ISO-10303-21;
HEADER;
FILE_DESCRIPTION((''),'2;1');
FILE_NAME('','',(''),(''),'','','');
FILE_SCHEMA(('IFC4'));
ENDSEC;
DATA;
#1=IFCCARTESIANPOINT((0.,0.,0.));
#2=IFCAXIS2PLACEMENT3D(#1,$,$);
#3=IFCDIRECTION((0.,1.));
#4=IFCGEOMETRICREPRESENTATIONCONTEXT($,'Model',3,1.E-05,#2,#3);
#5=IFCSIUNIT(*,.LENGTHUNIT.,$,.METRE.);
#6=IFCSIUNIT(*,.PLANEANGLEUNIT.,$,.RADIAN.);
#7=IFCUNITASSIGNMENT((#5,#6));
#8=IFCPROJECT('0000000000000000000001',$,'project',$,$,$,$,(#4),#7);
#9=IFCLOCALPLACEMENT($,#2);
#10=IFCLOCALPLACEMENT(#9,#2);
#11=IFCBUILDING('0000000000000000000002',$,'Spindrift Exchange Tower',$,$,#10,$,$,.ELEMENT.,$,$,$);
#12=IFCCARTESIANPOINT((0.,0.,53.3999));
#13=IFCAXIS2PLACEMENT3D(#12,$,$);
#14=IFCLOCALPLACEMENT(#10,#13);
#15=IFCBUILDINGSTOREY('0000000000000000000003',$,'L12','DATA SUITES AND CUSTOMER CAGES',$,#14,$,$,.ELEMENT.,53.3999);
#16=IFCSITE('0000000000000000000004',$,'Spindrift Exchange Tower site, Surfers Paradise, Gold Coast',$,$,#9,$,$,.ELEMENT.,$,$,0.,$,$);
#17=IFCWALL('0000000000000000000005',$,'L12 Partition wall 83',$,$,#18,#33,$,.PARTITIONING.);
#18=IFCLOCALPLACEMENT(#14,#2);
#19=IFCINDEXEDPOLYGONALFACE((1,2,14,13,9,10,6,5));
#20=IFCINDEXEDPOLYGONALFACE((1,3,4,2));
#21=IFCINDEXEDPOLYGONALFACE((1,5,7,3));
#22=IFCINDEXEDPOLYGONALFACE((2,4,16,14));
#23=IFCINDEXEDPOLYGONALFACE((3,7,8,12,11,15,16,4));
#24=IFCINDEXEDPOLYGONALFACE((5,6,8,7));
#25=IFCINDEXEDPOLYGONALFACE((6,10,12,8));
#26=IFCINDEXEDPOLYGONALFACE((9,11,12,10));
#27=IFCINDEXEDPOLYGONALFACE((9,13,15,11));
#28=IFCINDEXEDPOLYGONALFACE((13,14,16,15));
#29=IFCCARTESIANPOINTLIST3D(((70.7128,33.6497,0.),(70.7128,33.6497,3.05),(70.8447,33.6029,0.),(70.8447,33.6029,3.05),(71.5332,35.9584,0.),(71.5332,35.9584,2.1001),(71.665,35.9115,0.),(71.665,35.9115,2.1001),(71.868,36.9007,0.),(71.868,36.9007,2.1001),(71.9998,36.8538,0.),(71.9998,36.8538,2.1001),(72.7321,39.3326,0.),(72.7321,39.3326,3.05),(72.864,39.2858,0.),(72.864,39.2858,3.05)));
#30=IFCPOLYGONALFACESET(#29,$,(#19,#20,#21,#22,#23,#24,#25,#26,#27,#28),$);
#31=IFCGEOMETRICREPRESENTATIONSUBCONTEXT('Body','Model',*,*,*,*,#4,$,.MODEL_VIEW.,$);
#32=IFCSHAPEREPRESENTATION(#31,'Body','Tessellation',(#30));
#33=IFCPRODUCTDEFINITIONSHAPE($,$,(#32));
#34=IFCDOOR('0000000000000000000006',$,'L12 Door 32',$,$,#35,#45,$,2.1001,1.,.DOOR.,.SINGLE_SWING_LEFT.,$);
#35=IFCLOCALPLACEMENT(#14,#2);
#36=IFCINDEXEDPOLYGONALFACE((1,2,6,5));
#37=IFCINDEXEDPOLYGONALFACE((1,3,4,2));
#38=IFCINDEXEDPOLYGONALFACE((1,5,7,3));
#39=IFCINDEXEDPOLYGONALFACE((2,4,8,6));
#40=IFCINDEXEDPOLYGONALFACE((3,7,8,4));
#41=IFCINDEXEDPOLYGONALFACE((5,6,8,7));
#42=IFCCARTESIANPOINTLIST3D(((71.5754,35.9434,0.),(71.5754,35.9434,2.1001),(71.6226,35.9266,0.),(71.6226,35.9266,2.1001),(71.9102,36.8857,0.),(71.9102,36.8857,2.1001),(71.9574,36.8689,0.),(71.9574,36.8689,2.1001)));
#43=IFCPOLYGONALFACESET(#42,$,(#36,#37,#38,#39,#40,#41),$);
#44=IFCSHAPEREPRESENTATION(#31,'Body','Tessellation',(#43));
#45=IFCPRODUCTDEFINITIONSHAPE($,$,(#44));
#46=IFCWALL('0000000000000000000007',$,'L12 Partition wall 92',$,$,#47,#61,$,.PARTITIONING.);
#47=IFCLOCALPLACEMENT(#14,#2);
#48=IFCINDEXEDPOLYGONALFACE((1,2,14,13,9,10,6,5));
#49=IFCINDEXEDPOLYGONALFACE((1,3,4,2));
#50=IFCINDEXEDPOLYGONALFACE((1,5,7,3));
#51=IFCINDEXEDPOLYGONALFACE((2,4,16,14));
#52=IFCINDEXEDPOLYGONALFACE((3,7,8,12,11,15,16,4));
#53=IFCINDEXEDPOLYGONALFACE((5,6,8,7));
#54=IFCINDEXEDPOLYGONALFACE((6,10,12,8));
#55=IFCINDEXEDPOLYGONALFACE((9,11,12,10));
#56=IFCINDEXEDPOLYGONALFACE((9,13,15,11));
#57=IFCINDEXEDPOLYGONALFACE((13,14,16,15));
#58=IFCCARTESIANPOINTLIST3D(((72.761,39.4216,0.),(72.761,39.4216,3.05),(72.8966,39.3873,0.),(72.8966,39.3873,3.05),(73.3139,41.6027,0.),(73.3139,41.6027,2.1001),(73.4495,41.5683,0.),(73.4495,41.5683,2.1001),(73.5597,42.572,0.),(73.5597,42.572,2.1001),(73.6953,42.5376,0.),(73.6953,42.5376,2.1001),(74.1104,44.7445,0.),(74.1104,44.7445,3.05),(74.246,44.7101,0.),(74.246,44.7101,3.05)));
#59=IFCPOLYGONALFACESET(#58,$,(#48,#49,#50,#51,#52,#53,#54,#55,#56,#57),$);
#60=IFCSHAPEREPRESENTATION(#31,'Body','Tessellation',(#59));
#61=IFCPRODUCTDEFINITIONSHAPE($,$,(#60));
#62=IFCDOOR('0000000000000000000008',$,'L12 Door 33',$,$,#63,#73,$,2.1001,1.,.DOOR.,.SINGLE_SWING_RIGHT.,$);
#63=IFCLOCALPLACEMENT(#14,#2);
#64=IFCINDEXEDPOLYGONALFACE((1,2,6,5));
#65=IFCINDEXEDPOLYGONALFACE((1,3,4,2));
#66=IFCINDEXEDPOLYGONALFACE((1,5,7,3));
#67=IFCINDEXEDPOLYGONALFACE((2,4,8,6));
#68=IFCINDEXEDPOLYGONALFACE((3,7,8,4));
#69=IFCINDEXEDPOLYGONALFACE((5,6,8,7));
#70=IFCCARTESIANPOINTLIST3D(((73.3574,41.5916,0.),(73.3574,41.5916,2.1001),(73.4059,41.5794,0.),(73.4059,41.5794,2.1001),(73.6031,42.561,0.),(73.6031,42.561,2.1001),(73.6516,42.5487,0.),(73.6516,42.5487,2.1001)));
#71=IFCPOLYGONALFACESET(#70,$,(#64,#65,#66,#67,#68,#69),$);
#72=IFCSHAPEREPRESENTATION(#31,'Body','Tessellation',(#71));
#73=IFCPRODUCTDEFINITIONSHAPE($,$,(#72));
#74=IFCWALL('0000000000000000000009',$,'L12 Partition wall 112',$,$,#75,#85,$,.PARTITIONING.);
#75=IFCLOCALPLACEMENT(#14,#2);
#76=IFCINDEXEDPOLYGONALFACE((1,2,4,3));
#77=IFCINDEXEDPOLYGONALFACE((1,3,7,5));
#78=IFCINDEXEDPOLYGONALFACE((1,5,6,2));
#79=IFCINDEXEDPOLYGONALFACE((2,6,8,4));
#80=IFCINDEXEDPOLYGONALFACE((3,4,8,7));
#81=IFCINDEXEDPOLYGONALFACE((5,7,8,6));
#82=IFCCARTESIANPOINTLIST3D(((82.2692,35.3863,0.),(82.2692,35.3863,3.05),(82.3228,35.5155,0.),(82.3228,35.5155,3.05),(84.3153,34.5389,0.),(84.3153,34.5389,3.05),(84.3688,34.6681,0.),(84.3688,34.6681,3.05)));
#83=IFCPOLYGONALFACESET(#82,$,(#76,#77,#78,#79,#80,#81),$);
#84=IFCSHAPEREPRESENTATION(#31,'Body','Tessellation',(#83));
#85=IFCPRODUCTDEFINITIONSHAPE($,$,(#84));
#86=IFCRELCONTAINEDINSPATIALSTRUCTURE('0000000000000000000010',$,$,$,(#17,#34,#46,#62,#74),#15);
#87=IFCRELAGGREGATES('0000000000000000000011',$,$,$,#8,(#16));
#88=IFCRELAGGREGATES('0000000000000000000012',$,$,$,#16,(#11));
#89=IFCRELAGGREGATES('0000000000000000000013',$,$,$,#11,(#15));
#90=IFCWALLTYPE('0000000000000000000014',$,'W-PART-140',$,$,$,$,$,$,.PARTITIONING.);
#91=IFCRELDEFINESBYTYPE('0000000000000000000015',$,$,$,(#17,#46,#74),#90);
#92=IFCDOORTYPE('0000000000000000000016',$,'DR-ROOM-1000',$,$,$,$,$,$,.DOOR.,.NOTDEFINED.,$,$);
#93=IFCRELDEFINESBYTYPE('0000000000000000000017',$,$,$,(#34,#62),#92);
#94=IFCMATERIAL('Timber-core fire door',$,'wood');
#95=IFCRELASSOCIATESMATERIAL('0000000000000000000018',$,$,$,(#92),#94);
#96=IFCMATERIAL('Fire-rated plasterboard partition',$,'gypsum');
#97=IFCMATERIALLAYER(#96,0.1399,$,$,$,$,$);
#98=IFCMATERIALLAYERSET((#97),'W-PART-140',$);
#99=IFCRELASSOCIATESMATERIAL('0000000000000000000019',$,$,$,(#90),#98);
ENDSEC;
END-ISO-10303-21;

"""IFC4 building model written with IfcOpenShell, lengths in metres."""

from ifc_helpers import new_model, si_unit, direction, frame, frame_2d, origin, place, context, subcontext, project, spatial, rectangle, extrude, source, transform, mapped, material, layer, layer_set, type_object, element, fill, save


model = new_model("IFC4")

# Units and contexts
model_context = context("Model", 3, precision=1e-05, world=origin(), true_north=direction((0.0, 1.0)))
body_context = subcontext(model_context, "Body", "Model", "MODEL_VIEW")
ifc_project = project(units=[si_unit("LENGTHUNIT", "METRE"), si_unit("PLANEANGLEUNIT", "RADIAN")], contexts=[model_context])

# Site, building, storey
site_placement = place(None, origin())
site = spatial("IfcSite", under=ifc_project, at=site_placement, Name="Spindrift Exchange Tower site, Surfers Paradise, Gold Coast", CompositionType="ELEMENT", RefElevation=0.0)
building_placement = place(site_placement, origin())
building = spatial("IfcBuilding", under=site, at=building_placement, Name="Spindrift Exchange Tower", CompositionType="ELEMENT")
storey_placement = place(building_placement, frame((0.0, 0.0, 53.3999)))
storey = spatial("IfcBuildingStorey", under=building, at=storey_placement, Name="L12", Description="DATA SUITES AND CUSTOMER CAGES", CompositionType="ELEMENT", Elevation=53.3999)

# Shared definitions
ifc_material_1 = material(Name="Fire-rated plasterboard partition", Category="gypsum")
ifc_material_2 = material(Name="Timber-core fire door", Category="wood")
door_type_1 = type_object("IfcDoorType", Name="DR-ROOM-1000", OperationType="NOTDEFINED", PredefinedType="DOOR", material=ifc_material_2)
shared_shape_1 = source(origin(), body_context, "Body", "SweptSolid", [
    extrude(rectangle(XDim=1.0, YDim=2.1001, at=frame_2d((0.5, 1.05))), frame((0.0, 0.0249, 0.0), z_axis=(0.0, -1.0, 0.0), x_axis=(1.0, 0.0, 0.0)), (0.0, 0.0, 1.0), 0.05),
])

# Shared definitions
ifc_layer_1 = layer(ifc_material_1, 0.1399)
ifc_layer_set_1 = layer_set([ifc_layer_1], Name="W-PART-140")
wall_type_1 = type_object("IfcWallType", Name="W-PART-140", PredefinedType="PARTITIONING", material=ifc_layer_set_1)

# Walls, openings, doors
wall_1_placement = place(storey_placement, frame((72.7981, 39.3093, 0.0), z_axis=(0.0, 0.0, 1.0), x_axis=(-0.33482, -0.942282, 0.0)))
wall_1 = element("IfcWall", 1, at=wall_1_placement, inside=storey, type_object=wall_type_1, Name="L12 Partition wall 83", PredefinedType="PARTITIONING", context=body_context, shape_type="SweptSolid", body=[
    extrude(rectangle(XDim=6.031, YDim=0.1399, at=frame_2d((3.0156, 0.0))), origin(), (0.0, 0.0, 1.0), 3.05),
])
opening_1_placement = place(wall_1_placement, frame((2.5811, 0.0, 0.0)))
opening_1 = element("IfcOpeningElement", 2, at=opening_1_placement, cuts=wall_1, PredefinedType="OPENING", context=body_context, shape_type="SweptSolid", body=[
    extrude(rectangle(XDim=1.0, YDim=2.1001, at=frame_2d((0.5, 1.05))), frame((0.0, 0.0798, 0.0), z_axis=(0.0, -1.0, 0.0), x_axis=(1.0, 0.0, 0.0)), (0.0, 0.0, 1.0), 0.1599),
])
door_1_placement = place(opening_1_placement, origin())
door_1 = element("IfcDoor", 3, at=door_1_placement, inside=storey, type_object=door_type_1, Name="L12 Door 32", OperationType="SINGLE_SWING_LEFT", OverallHeight=2.1001, OverallWidth=1.0, PredefinedType="DOOR", context=body_context, shape_type="MappedRepresentation", body=[
    mapped(shared_shape_1, transform((0.0, 0.0, 0.0), scale=1.0)),
])
fill(opening_1, door_1)
wall_2_placement = place(storey_placement, frame((74.1782, 44.7273, 0.0), z_axis=(0.0, 0.0, 1.0), x_axis=(-0.245735, -0.969337, 0.0)))
wall_2 = element("IfcWall", 4, at=wall_2_placement, inside=storey, type_object=wall_type_1, Name="L12 Partition wall 92", PredefinedType="PARTITIONING", context=body_context, shape_type="SweptSolid", body=[
    extrude(rectangle(XDim=5.4912, YDim=0.1399, at=frame_2d((2.7456, 0.0))), origin(), (0.0, 0.0, 1.0), 3.05),
])
opening_2_placement = place(wall_2_placement, frame((2.2412, 0.0, 0.0)))
opening_2 = element("IfcOpeningElement", 5, at=opening_2_placement, cuts=wall_2, PredefinedType="OPENING", context=body_context, shape_type="SweptSolid", body=[
    extrude(rectangle(XDim=1.0, YDim=2.1001, at=frame_2d((0.5, 1.05))), frame((0.0, 0.0798, 0.0), z_axis=(0.0, -1.0, 0.0), x_axis=(1.0, 0.0, 0.0)), (0.0, 0.0, 1.0), 0.1599),
])
door_2_placement = place(opening_2_placement, origin())
door_2 = element("IfcDoor", 6, at=door_2_placement, inside=storey, type_object=door_type_1, Name="L12 Door 33", OperationType="SINGLE_SWING_RIGHT", OverallHeight=2.1001, OverallWidth=1.0, PredefinedType="DOOR", context=body_context, shape_type="MappedRepresentation", body=[
    mapped(shared_shape_1, transform((0.0, 0.0, 0.0), scale=1.0)),
])
fill(opening_2, door_2)

# Wall
wall_3_placement = place(storey_placement, frame((82.2959, 35.4509, 0.0), z_axis=(0.0, 0.0, 1.0), x_axis=(0.9239, -0.382634, 0.0)))
element("IfcWall", 7, at=wall_3_placement, inside=storey, type_object=wall_type_1, Name="L12 Partition wall 112", PredefinedType="PARTITIONING", context=body_context, shape_type="SweptSolid", body=[
    extrude(rectangle(XDim=2.2146, YDim=0.1399, at=frame_2d((1.1074, 0.0))), origin(), (0.0, 0.0, 1.0), 3.05),
])

save(model, "model.ifc")
